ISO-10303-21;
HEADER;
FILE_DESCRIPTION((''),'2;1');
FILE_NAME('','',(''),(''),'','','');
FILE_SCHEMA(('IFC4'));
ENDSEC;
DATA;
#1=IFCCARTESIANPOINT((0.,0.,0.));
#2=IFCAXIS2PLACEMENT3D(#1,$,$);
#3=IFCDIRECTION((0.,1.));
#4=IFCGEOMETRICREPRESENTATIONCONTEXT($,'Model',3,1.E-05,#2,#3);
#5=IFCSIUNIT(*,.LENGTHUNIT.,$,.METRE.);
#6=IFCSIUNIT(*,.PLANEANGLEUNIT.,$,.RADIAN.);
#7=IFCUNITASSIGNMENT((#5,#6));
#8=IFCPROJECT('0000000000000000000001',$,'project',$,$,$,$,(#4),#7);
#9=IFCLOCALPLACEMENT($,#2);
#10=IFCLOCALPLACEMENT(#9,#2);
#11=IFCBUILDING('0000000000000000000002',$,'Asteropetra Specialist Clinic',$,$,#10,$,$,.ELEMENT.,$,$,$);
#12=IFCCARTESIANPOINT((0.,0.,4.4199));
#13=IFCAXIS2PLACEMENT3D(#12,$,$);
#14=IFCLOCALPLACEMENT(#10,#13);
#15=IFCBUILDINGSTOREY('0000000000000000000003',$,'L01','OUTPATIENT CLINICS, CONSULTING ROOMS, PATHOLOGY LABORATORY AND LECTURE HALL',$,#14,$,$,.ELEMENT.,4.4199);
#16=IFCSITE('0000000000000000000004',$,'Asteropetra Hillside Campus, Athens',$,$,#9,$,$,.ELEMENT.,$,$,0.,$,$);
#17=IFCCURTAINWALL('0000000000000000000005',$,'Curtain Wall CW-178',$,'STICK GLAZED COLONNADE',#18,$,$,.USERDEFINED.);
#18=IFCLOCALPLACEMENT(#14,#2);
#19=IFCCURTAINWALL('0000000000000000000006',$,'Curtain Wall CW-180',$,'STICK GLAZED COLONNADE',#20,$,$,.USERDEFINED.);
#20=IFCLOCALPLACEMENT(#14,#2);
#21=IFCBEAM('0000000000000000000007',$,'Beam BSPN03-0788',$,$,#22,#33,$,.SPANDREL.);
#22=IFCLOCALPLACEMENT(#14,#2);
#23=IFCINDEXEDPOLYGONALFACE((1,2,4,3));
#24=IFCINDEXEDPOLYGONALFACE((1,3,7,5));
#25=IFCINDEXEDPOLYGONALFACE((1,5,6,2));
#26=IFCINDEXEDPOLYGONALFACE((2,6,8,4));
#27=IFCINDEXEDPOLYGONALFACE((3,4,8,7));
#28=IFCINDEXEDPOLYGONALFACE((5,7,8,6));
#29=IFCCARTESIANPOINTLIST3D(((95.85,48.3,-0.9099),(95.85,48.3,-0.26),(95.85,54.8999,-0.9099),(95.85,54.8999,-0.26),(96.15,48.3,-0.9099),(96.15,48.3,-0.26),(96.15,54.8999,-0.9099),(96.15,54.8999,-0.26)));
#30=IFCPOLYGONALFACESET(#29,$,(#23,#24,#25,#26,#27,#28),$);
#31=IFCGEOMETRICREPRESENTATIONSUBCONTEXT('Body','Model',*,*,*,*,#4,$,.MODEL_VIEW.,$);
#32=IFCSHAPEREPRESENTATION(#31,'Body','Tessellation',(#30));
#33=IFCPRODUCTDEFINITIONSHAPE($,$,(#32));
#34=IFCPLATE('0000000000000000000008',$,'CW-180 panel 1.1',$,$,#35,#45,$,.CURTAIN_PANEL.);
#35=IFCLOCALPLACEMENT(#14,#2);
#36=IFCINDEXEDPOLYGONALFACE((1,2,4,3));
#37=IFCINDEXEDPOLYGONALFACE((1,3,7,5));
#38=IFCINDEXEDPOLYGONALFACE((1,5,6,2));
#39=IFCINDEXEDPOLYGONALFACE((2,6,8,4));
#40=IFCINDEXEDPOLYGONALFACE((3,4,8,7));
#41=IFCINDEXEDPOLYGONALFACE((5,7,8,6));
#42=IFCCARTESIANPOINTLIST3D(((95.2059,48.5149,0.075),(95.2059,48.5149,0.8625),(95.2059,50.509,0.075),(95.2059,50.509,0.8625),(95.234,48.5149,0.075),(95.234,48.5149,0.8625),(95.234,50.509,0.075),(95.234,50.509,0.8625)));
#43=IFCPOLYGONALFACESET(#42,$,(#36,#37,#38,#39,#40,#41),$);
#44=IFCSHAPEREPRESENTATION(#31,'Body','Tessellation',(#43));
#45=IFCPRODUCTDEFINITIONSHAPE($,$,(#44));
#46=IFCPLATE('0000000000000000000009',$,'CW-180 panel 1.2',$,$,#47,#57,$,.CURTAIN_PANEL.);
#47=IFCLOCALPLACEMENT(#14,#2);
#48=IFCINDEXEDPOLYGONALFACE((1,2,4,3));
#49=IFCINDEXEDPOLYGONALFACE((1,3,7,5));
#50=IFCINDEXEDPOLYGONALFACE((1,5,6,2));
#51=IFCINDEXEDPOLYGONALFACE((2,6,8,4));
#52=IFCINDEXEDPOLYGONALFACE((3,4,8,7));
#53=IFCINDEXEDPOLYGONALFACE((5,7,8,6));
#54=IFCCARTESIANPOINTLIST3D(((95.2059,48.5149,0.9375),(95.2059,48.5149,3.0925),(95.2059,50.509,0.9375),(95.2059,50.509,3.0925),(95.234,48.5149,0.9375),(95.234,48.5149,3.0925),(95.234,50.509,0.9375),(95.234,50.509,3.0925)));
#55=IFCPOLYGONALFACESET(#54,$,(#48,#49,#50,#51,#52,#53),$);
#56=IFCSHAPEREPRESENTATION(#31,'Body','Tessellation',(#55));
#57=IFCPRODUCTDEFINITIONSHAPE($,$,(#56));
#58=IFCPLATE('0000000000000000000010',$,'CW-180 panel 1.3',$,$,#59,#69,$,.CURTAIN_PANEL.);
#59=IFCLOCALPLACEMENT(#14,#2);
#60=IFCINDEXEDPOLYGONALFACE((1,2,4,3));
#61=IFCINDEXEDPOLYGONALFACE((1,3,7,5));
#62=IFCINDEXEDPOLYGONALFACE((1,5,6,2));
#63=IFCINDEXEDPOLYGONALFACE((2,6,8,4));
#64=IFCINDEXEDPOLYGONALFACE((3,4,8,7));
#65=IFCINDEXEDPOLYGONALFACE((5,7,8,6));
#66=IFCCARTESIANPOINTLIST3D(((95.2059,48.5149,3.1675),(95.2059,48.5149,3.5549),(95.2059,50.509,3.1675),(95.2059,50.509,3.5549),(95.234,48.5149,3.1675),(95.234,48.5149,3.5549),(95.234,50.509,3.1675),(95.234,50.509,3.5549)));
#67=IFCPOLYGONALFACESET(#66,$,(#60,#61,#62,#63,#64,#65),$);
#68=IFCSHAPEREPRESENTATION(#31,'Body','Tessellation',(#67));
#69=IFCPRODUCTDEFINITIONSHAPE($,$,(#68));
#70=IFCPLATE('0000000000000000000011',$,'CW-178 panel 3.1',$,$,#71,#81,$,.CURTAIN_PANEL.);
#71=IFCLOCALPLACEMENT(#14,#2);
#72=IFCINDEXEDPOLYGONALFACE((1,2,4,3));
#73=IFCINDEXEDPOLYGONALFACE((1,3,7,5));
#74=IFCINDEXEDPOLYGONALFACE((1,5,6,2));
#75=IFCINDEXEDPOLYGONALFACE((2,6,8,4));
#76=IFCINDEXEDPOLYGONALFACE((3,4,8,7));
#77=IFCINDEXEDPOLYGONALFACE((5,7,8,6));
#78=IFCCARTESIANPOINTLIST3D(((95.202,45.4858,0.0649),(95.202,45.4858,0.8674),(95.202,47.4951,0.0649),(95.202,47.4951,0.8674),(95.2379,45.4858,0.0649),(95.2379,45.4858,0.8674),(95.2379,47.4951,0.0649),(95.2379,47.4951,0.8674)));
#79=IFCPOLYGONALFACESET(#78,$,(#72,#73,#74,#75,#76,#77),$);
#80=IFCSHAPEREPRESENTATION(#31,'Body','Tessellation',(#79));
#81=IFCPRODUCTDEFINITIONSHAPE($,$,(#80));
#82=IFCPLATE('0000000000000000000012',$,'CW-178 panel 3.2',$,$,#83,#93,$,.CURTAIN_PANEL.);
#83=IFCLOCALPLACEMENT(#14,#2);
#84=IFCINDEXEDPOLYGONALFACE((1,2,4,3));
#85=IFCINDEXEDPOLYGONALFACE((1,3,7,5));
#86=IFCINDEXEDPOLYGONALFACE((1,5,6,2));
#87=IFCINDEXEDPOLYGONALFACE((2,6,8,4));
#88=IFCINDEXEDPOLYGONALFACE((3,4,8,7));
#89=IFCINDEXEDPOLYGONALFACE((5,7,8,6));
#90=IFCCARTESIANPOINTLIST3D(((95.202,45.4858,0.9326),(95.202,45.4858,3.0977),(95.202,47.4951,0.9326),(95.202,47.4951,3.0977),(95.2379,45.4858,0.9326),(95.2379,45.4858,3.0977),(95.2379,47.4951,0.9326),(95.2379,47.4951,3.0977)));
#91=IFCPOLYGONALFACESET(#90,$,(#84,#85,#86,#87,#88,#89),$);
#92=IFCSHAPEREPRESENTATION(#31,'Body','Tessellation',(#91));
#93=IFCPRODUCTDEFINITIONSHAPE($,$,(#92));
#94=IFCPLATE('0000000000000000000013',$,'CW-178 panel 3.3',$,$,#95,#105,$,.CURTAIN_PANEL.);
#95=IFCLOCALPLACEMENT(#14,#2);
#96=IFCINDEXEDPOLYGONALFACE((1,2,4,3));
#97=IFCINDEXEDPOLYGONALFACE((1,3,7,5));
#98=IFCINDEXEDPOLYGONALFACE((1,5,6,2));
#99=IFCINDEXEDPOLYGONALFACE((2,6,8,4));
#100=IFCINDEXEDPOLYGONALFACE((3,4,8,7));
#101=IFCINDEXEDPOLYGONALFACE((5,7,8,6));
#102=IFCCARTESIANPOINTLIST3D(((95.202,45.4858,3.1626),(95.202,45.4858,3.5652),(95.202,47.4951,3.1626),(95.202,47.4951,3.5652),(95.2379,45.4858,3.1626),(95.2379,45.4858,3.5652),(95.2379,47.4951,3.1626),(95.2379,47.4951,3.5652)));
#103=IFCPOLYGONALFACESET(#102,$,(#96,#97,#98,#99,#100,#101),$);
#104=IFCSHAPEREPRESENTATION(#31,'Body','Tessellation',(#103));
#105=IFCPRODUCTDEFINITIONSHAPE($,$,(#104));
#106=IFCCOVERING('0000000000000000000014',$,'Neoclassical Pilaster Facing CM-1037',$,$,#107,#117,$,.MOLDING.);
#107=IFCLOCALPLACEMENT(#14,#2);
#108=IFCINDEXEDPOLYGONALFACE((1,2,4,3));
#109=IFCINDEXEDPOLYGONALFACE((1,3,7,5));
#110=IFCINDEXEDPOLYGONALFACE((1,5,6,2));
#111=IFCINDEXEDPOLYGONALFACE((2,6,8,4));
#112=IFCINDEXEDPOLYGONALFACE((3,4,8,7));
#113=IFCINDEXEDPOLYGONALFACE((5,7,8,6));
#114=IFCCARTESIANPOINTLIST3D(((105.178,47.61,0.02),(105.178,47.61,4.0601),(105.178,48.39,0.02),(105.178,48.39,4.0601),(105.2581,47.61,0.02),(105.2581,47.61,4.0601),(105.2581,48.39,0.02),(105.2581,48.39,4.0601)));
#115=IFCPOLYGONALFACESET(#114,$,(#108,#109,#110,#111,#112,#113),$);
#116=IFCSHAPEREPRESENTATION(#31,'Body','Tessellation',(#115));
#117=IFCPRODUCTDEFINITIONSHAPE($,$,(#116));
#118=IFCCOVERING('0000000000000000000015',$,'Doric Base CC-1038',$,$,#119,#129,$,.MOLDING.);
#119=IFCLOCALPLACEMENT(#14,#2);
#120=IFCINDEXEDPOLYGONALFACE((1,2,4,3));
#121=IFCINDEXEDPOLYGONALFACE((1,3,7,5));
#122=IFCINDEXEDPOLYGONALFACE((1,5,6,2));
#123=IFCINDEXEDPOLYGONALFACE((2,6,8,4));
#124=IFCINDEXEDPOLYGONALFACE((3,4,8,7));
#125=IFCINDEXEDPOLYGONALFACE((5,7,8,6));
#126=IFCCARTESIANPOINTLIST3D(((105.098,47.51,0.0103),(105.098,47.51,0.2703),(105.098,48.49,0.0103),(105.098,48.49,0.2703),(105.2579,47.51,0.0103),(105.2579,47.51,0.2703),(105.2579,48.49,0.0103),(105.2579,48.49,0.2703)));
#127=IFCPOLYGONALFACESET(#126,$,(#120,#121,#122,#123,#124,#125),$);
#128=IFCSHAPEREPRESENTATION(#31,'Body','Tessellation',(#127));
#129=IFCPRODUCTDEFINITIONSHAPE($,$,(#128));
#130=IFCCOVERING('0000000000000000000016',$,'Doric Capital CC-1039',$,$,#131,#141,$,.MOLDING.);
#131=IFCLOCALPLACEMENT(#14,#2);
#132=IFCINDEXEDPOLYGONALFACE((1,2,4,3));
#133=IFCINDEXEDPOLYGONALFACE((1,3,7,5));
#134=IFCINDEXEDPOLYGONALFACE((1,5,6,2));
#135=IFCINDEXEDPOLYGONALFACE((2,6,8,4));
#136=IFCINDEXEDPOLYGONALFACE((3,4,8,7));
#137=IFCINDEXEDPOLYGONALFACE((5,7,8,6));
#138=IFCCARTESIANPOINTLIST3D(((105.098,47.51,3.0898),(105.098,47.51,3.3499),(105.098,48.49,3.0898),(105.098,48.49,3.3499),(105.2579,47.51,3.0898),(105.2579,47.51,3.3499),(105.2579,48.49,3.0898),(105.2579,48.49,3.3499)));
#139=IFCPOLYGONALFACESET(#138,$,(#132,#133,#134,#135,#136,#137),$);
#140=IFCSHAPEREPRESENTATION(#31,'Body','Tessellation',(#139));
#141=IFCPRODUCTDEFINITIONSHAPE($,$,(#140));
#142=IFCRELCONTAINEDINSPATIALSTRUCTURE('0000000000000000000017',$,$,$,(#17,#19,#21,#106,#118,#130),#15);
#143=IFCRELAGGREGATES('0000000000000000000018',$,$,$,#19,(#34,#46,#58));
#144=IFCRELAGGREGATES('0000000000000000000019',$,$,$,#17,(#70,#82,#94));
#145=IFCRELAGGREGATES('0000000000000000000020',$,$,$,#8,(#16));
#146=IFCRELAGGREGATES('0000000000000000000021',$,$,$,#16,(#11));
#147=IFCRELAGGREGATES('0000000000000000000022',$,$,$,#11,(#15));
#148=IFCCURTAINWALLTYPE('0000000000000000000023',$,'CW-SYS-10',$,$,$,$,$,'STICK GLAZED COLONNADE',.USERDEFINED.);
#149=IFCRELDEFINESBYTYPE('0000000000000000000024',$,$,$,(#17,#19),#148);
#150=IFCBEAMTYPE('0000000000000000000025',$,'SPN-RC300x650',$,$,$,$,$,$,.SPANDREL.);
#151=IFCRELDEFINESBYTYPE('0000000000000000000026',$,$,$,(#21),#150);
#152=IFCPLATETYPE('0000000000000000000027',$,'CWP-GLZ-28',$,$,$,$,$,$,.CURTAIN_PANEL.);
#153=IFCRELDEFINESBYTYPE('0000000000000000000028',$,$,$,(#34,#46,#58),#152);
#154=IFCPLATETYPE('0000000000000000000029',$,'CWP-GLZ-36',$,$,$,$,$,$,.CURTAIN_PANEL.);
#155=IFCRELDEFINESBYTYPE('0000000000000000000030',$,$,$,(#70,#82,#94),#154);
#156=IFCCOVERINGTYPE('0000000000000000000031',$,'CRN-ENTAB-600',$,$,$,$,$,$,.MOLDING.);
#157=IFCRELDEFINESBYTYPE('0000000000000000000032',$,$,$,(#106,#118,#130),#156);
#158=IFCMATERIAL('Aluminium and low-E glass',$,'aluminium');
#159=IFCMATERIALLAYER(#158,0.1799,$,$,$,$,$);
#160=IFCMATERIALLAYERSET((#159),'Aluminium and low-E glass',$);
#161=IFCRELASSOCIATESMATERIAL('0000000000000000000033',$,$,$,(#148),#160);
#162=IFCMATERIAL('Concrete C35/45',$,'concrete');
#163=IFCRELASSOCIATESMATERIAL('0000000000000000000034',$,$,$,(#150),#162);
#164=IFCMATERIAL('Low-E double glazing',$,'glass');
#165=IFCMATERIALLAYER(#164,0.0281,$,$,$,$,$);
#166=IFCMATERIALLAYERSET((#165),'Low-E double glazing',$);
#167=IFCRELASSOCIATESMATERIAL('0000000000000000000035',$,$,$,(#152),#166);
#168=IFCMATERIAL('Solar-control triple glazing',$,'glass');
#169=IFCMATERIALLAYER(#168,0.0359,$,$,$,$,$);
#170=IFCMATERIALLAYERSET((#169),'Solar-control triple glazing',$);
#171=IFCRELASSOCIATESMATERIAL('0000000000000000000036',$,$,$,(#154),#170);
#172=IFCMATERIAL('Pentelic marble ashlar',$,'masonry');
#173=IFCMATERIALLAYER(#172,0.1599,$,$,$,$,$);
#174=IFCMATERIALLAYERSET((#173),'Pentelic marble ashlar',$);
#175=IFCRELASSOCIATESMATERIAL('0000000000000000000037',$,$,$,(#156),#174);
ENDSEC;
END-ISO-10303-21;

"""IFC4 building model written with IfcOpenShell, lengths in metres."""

from ifc_helpers import new_model, si_unit, direction, frame, origin, origin_2d, place, context, subcontext, project, spatial, rectangle, extrude, material, layer, layer_set, material_profile, profile_set, type_object, element, aggregate, save


model = new_model("IFC4")

# Units and contexts
model_context = context("Model", 3, precision=1e-05, world=origin(), true_north=direction((0.0, 1.0)))
body_context = subcontext(model_context, "Body", "Model", "MODEL_VIEW")
ifc_project = project(units=[si_unit("LENGTHUNIT", "METRE"), si_unit("PLANEANGLEUNIT", "RADIAN")], contexts=[model_context])

# Site, building, storey
site_placement = place(None, origin())
site = spatial("IfcSite", under=ifc_project, at=site_placement, Name="Asteropetra Hillside Campus, Athens", CompositionType="ELEMENT", RefElevation=0.0)
building_placement = place(site_placement, origin())
building = spatial("IfcBuilding", under=site, at=building_placement, Name="Asteropetra Specialist Clinic", CompositionType="ELEMENT")
storey_placement = place(building_placement, frame((0.0, 0.0, 4.4199)))
storey = spatial("IfcBuildingStorey", under=building, at=storey_placement, Name="L01", Description="OUTPATIENT CLINICS, CONSULTING ROOMS, PATHOLOGY LABORATORY AND LECTURE HALL", CompositionType="ELEMENT", Elevation=4.4199)

# Curtain wall
ifc_material_1 = material(Name="Aluminium and low-E glass", Category="aluminium")
ifc_layer_1 = layer(ifc_material_1, 0.1799)
ifc_layer_set_1 = layer_set([ifc_layer_1], Name="Aluminium and low-E glass")
curtain_wall_type = type_object("IfcCurtainWallType", Name="CW-SYS-10", ElementType="STICK GLAZED COLONNADE", PredefinedType="USERDEFINED", material=ifc_layer_set_1)
curtain_wall_1_placement = place(storey_placement, origin())
curtain_wall_1 = element("IfcCurtainWall", 1, at=curtain_wall_1_placement, inside=storey, type_object=curtain_wall_type, Name="Curtain Wall CW-178", ObjectType="STICK GLAZED COLONNADE", PredefinedType="USERDEFINED")

# Curtain wall
curtain_wall_2_placement = place(storey_placement, origin())
curtain_wall_2 = element("IfcCurtainWall", 2, at=curtain_wall_2_placement, inside=storey, type_object=curtain_wall_type, Name="Curtain Wall CW-180", ObjectType="STICK GLAZED COLONNADE", PredefinedType="USERDEFINED")

# Beam
ifc_material_2 = material(Name="Concrete C35/45", Category="concrete")
ifc_material_profile_1 = material_profile(ifc_material_2, rectangle(XDim=0.3, YDim=0.6499, at=origin_2d()), Name="RCS 300x650")
ifc_profile_set_1 = profile_set([ifc_material_profile_1], Name="Concrete C35/45")
beam_type_1 = type_object("IfcBeamType", Name="SPN-RC300x650", PredefinedType="SPANDREL", material=ifc_profile_set_1)
beam_1_placement = place(storey_placement, frame((96.0, 48.3, -0.585), z_axis=(0.0, 1.0, 0.0), x_axis=(-1.0, 0.0, 0.0)))
element("IfcBeam", 3, at=beam_1_placement, inside=storey, type_object=beam_type_1, Name="Beam BSPN03-0788", PredefinedType="SPANDREL", context=body_context, shape_type="SweptSolid", body=[
    extrude(rectangle(XDim=0.3, YDim=0.6499, at=origin_2d()), origin(), (0.0, 0.0, 1.0), 6.5999),
])

# Plates
ifc_material_3 = material(Name="Low-E double glazing", Category="glass")
ifc_layer_2 = layer(ifc_material_3, 0.0281)
ifc_layer_set_2 = layer_set([ifc_layer_2], Name="Low-E double glazing")
plate_type_1 = type_object("IfcPlateType", Name="CWP-GLZ-28", PredefinedType="CURTAIN_PANEL", material=ifc_layer_set_2)
plate_1_placement = place(storey_placement, frame((95.22, 49.512, 0.075), z_axis=(0.0, 0.0, 1.0), x_axis=(0.0, 1.0, 0.0)))
plate_1 = element("IfcPlate", 4, at=plate_1_placement, type_object=plate_type_1, Name="CW-180 panel 1.1", PredefinedType="CURTAIN_PANEL", context=body_context, shape_type="SweptSolid", body=[
    extrude(rectangle(XDim=1.9941, YDim=0.0281, at=origin_2d()), origin(), (0.0, 0.0, 1.0), 0.7876),
])
plate_2_placement = place(storey_placement, frame((95.22, 49.512, 0.9375), z_axis=(0.0, 0.0, 1.0), x_axis=(0.0, 1.0, 0.0)))
plate_2 = element("IfcPlate", 5, at=plate_2_placement, type_object=plate_type_1, Name="CW-180 panel 1.2", PredefinedType="CURTAIN_PANEL", context=body_context, shape_type="SweptSolid", body=[
    extrude(rectangle(XDim=1.9941, YDim=0.0281, at=origin_2d()), origin(), (0.0, 0.0, 1.0), 2.155),
])
plate_3_placement = place(storey_placement, frame((95.22, 49.512, 3.1675), z_axis=(0.0, 0.0, 1.0), x_axis=(0.0, 1.0, 0.0)))
plate_3 = element("IfcPlate", 6, at=plate_3_placement, type_object=plate_type_1, Name="CW-180 panel 1.3", PredefinedType="CURTAIN_PANEL", context=body_context, shape_type="SweptSolid", body=[
    extrude(rectangle(XDim=1.9941, YDim=0.0281, at=origin_2d()), origin(), (0.0, 0.0, 1.0), 0.3875),
])
aggregate(curtain_wall_2, [plate_1, plate_2, plate_3])
ifc_material_4 = material(Name="Solar-control triple glazing", Category="glass")
ifc_layer_3 = layer(ifc_material_4, 0.0359)
ifc_layer_set_3 = layer_set([ifc_layer_3], Name="Solar-control triple glazing")
plate_type_2 = type_object("IfcPlateType", Name="CWP-GLZ-36", PredefinedType="CURTAIN_PANEL", material=ifc_layer_set_3)
plate_4_placement = place(storey_placement, frame((95.22, 46.4905, 0.0649), z_axis=(0.0, 0.0, 1.0), x_axis=(0.0, 1.0, 0.0)))
plate_4 = element("IfcPlate", 7, at=plate_4_placement, type_object=plate_type_2, Name="CW-178 panel 3.1", PredefinedType="CURTAIN_PANEL", context=body_context, shape_type="SweptSolid", body=[
    extrude(rectangle(XDim=2.0093, YDim=0.0359, at=origin_2d()), origin(), (0.0, 0.0, 1.0), 0.8025),
])
plate_5_placement = place(storey_placement, frame((95.22, 46.4905, 0.9326), z_axis=(0.0, 0.0, 1.0), x_axis=(0.0, 1.0, 0.0)))
plate_5 = element("IfcPlate", 8, at=plate_5_placement, type_object=plate_type_2, Name="CW-178 panel 3.2", PredefinedType="CURTAIN_PANEL", context=body_context, shape_type="SweptSolid", body=[
    extrude(rectangle(XDim=2.0093, YDim=0.0359, at=origin_2d()), origin(), (0.0, 0.0, 1.0), 2.165),
])
plate_6_placement = place(storey_placement, frame((95.22, 46.4905, 3.1626), z_axis=(0.0, 0.0, 1.0), x_axis=(0.0, 1.0, 0.0)))
plate_6 = element("IfcPlate", 9, at=plate_6_placement, type_object=plate_type_2, Name="CW-178 panel 3.3", PredefinedType="CURTAIN_PANEL", context=body_context, shape_type="SweptSolid", body=[
    extrude(rectangle(XDim=2.0093, YDim=0.0359, at=origin_2d()), origin(), (0.0, 0.0, 1.0), 0.4026),
])
aggregate(curtain_wall_1, [plate_4, plate_5, plate_6])

# Coverings
ifc_material_5 = material(Name="Pentelic marble ashlar", Category="masonry")
ifc_layer_4 = layer(ifc_material_5, 0.1599)
ifc_layer_set_4 = layer_set([ifc_layer_4], Name="Pentelic marble ashlar")
covering_type = type_object("IfcCoveringType", Name="CRN-ENTAB-600", PredefinedType="MOLDING", material=ifc_layer_set_4)
covering_placement = place(storey_placement, frame((105.218, 48.0, 0.02), z_axis=(0.0, 0.0, 1.0), x_axis=(1.0, 0.0, 0.0)))
element("IfcCovering", 10, at=covering_placement, inside=storey, type_object=covering_type, Name="Neoclassical Pilaster Facing CM-1037", PredefinedType="MOLDING", context=body_context, shape_type="SweptSolid", body=[
    extrude(rectangle(XDim=0.0801, YDim=0.78, at=origin_2d()), origin(), (0.0, 0.0, 1.0), 4.04),
])
for number, where, z_axis, x_axis, name in (
    (11, (105.178, 48.0, 0.0103), (0.0, 0.0, 1.0), (1.0, 0.0, 0.0), "Doric Base CC-1038"),
    (12, (105.178, 48.0, 3.0898), (0.0, 0.0, 1.0), (1.0, 0.0, 0.0), "Doric Capital CC-1039"),
):
    element("IfcCovering", number, at=place(storey_placement, frame(where, z_axis=z_axis, x_axis=x_axis)), inside=storey, type_object=covering_type, Name=name, PredefinedType="MOLDING", context=body_context, shape_type="SweptSolid", body=[
        extrude(rectangle(XDim=0.1599, YDim=0.98, at=origin_2d()), origin(), (0.0, 0.0, 1.0), 0.26),
    ])

save(model, "model.ifc")
